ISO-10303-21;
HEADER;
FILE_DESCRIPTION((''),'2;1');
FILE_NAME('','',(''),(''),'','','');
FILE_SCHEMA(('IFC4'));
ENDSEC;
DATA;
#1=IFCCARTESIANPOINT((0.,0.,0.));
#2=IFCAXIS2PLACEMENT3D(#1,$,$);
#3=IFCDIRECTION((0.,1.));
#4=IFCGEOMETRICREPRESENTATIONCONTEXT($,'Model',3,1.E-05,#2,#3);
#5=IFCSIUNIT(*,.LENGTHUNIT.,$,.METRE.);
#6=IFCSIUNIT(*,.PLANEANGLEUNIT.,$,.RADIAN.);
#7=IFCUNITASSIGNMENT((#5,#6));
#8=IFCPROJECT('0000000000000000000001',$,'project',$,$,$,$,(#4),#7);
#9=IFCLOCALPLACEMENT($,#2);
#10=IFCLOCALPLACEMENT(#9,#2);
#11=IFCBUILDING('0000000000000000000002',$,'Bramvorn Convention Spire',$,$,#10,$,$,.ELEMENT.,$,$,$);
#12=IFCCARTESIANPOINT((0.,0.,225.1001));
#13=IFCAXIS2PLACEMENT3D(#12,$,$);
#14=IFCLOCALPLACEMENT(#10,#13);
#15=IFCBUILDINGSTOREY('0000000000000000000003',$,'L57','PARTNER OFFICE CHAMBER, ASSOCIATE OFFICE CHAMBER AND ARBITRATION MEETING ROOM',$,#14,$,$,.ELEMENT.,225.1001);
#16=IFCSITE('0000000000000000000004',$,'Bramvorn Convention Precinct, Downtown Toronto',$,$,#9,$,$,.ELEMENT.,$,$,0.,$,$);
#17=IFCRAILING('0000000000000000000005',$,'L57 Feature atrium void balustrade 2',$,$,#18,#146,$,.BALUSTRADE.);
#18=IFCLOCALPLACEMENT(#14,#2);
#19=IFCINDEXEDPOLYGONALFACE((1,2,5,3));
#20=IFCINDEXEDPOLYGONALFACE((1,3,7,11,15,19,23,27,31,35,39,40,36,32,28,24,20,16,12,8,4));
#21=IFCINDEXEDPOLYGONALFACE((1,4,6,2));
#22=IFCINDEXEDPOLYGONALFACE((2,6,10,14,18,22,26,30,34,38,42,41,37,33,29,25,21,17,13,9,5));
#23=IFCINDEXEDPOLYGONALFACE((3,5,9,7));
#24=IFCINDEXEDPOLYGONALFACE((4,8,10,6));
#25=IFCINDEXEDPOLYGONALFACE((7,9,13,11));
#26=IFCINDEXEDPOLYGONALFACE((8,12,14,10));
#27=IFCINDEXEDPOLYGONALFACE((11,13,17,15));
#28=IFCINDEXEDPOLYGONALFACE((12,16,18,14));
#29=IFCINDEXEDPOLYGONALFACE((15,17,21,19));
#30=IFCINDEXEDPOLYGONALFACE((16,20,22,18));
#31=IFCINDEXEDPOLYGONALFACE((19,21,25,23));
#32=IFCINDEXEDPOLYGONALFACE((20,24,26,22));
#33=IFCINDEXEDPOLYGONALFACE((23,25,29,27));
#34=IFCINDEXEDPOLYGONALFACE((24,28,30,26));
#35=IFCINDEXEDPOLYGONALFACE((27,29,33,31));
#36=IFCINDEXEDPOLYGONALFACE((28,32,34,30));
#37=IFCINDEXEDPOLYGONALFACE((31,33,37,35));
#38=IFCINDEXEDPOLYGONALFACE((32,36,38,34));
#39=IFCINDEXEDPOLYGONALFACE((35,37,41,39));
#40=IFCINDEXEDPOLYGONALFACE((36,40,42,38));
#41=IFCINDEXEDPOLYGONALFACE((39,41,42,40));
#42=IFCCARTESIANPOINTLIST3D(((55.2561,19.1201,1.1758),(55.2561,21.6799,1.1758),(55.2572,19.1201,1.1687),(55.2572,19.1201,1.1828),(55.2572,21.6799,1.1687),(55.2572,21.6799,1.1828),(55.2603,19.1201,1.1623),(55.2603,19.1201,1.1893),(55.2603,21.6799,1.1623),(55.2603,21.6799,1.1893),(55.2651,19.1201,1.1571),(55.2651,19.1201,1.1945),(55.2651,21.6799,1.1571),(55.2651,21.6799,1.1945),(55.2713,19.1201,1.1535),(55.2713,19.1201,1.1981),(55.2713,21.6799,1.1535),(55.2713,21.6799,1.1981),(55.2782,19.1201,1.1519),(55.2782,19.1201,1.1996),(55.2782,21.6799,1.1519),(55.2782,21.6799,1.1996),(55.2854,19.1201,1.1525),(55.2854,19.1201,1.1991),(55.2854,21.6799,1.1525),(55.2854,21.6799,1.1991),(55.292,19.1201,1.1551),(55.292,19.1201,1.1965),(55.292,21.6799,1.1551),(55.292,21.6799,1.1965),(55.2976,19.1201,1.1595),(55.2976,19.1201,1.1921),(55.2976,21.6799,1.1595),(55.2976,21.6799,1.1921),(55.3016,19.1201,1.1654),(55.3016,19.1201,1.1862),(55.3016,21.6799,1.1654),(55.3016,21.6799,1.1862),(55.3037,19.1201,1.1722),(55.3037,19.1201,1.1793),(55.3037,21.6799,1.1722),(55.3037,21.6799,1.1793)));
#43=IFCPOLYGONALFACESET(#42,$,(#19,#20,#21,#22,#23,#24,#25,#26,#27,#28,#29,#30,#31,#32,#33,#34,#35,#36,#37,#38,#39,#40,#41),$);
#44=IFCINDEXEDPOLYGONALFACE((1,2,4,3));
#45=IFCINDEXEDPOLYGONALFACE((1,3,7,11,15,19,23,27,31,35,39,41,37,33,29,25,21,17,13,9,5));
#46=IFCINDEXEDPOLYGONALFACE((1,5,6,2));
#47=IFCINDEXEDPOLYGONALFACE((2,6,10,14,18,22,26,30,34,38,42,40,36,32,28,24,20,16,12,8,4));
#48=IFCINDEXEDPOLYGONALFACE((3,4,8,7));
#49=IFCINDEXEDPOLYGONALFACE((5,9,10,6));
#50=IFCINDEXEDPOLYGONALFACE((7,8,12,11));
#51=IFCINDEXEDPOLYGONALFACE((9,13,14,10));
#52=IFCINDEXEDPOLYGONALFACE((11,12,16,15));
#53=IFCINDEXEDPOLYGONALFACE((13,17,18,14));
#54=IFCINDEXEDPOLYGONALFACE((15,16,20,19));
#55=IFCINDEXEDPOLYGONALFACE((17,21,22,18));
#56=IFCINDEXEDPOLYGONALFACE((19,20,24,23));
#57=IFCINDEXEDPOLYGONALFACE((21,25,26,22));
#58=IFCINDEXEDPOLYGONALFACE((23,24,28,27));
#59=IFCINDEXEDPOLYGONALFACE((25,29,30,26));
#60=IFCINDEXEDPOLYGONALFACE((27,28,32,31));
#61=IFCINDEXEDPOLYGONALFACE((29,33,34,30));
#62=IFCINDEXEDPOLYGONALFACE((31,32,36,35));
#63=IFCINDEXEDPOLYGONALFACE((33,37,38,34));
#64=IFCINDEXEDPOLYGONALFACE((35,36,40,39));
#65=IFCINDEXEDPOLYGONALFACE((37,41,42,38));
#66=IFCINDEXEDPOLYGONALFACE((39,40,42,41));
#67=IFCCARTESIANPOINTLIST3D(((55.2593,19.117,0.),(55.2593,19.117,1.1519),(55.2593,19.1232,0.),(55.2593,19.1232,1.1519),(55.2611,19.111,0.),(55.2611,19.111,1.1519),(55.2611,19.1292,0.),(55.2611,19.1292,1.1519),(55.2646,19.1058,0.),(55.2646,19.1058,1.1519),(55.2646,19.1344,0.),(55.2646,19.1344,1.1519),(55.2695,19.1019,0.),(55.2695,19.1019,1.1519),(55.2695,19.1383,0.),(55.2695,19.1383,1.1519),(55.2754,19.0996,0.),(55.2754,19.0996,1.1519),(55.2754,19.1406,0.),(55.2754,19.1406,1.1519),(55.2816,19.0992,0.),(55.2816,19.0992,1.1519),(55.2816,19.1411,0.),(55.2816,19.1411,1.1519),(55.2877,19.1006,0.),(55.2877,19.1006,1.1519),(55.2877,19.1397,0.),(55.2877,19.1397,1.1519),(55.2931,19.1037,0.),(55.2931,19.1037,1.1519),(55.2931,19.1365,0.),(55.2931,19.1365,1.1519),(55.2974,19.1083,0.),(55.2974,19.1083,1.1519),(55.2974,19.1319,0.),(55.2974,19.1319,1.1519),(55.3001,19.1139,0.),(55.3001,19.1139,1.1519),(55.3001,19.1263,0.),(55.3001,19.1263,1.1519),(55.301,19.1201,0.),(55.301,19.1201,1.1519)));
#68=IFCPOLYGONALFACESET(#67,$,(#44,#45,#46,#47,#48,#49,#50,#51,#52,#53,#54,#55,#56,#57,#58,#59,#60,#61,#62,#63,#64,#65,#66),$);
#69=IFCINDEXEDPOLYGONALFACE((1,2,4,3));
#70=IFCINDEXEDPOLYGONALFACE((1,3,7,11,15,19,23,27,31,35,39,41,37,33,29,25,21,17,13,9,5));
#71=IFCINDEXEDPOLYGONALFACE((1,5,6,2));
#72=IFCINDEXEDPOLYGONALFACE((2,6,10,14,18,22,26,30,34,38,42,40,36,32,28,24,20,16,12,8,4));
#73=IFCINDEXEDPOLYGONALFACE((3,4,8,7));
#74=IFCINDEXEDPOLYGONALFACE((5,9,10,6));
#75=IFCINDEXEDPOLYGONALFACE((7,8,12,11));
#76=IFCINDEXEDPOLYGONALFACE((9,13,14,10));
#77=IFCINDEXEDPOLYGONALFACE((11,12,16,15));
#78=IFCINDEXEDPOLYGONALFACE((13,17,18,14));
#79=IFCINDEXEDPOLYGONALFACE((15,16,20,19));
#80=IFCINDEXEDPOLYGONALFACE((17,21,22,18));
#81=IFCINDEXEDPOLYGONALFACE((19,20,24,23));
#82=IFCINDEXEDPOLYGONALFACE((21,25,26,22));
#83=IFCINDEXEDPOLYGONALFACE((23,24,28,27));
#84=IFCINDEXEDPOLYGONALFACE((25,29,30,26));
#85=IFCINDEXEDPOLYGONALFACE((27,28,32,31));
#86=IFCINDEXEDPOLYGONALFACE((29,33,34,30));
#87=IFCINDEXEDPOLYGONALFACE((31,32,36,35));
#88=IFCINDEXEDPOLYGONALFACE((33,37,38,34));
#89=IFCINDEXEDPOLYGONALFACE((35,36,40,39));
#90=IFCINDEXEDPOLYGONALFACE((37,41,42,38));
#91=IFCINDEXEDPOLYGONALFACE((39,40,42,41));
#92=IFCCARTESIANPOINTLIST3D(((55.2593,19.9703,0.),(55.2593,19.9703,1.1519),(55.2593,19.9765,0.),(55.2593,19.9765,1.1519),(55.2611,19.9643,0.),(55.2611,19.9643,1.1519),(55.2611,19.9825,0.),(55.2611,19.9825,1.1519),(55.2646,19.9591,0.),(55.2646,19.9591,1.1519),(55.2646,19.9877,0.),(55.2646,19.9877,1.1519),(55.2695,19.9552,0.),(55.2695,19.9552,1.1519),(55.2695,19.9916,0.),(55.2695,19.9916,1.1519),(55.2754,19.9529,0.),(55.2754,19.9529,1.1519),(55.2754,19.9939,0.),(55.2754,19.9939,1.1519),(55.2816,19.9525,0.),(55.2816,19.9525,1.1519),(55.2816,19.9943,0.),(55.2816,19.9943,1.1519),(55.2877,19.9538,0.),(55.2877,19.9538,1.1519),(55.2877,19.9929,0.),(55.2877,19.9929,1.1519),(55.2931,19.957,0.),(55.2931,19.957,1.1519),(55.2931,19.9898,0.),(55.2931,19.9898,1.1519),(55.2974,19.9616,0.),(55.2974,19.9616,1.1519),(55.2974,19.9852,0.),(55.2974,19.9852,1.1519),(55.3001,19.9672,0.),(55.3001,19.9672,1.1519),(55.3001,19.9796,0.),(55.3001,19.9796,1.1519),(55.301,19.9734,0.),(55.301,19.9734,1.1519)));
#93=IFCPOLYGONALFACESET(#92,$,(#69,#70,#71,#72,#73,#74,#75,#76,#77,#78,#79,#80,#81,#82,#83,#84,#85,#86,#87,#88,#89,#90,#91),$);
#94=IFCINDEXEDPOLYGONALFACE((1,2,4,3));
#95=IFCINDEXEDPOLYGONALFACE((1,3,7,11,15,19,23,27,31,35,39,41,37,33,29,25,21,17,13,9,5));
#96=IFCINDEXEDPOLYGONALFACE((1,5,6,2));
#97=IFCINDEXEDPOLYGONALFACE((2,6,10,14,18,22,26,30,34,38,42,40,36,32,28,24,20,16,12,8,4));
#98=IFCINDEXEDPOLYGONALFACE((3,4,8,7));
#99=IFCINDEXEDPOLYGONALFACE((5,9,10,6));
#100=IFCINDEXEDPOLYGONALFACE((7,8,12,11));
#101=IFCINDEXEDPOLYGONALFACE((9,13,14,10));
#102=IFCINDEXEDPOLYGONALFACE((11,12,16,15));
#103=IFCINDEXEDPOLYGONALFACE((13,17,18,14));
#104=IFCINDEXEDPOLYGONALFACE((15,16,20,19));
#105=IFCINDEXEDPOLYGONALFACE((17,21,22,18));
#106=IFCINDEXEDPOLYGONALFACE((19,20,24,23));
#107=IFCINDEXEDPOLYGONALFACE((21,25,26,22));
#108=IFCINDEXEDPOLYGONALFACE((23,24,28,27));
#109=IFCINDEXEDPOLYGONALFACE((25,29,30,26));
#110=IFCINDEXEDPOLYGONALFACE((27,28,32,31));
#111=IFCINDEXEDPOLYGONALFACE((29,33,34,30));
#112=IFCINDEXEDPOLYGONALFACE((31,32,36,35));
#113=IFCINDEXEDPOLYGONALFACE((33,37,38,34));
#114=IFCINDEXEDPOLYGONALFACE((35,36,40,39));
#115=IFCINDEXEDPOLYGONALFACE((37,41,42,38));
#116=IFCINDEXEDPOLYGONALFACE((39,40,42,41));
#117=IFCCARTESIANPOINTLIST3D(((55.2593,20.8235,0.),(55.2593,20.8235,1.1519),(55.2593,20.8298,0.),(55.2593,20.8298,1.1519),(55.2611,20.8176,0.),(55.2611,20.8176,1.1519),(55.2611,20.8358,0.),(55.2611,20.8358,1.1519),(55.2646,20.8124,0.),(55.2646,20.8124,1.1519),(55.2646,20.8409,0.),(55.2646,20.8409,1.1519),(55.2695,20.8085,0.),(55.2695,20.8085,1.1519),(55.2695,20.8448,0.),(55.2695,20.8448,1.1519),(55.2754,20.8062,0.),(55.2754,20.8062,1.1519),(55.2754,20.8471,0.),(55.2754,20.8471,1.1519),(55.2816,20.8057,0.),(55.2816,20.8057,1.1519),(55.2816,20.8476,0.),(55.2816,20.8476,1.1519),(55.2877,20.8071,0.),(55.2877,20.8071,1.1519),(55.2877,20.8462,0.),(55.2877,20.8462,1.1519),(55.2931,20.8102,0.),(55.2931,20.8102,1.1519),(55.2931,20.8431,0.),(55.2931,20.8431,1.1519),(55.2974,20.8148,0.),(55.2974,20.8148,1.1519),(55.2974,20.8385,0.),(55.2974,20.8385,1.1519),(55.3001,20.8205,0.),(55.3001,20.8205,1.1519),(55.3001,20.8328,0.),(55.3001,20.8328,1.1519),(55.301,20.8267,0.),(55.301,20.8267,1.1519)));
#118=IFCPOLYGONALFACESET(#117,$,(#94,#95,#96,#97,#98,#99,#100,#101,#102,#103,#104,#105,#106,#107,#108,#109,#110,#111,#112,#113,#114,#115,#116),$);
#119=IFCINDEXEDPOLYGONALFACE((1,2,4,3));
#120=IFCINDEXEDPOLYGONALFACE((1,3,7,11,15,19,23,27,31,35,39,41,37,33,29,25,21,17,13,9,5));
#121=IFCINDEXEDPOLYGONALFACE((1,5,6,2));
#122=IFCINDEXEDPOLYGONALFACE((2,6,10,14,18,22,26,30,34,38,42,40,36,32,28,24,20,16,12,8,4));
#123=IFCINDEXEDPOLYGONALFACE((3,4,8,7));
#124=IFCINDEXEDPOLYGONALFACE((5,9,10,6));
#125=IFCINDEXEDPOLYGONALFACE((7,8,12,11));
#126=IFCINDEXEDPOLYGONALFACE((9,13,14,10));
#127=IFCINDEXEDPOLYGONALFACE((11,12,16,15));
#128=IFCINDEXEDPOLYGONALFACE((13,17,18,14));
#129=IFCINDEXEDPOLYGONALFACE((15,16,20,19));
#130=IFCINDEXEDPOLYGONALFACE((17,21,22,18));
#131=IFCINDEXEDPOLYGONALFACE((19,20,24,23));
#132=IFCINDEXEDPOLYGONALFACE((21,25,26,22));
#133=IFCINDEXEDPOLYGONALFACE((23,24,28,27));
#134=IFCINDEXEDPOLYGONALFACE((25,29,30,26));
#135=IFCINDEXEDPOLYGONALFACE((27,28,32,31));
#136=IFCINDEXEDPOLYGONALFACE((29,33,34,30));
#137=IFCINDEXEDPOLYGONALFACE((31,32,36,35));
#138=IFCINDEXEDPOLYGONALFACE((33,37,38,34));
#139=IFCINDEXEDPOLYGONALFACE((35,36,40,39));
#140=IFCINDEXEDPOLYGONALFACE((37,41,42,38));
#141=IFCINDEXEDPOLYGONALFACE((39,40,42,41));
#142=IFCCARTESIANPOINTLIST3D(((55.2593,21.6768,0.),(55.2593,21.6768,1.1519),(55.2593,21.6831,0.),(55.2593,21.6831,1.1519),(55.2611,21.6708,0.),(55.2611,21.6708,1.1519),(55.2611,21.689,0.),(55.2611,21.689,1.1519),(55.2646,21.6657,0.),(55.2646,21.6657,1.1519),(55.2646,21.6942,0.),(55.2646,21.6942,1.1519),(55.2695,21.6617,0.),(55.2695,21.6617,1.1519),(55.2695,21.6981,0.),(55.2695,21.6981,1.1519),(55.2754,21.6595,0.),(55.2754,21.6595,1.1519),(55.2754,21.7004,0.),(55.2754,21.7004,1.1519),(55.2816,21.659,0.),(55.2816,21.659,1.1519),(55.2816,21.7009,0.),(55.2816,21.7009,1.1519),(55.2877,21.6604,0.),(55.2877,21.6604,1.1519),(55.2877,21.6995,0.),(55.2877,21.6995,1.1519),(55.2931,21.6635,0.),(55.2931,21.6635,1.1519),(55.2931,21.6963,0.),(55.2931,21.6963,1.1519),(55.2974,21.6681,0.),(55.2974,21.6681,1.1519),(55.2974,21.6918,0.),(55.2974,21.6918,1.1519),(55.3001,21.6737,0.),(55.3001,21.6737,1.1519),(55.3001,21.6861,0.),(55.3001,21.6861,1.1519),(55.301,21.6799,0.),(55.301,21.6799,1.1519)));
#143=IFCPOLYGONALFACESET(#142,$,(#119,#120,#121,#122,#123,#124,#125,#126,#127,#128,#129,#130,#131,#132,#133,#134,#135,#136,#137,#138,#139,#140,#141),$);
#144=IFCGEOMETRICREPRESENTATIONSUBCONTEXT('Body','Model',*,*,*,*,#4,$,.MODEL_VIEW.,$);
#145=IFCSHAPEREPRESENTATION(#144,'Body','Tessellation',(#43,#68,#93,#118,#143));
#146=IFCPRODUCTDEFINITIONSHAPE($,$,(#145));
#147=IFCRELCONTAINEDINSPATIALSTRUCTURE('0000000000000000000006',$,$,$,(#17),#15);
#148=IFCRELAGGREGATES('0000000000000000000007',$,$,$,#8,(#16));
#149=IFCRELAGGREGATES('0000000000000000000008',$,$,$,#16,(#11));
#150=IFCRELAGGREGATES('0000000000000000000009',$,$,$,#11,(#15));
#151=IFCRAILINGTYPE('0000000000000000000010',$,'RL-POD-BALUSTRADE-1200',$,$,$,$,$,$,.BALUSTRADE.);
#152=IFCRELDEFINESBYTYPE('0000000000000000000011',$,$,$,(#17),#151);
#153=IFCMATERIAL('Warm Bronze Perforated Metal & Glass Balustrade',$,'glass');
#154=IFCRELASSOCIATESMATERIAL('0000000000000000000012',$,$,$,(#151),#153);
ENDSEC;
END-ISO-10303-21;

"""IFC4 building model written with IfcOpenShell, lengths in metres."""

from ifc_helpers import new_model, si_unit, direction, frame, origin, origin_2d, place, context, subcontext, project, spatial, circle, extrude, material, type_object, element, save


model = new_model("IFC4")

# Units and contexts
model_context = context("Model", 3, precision=1e-05, world=origin(), true_north=direction((0.0, 1.0)))
body_context = subcontext(model_context, "Body", "Model", "MODEL_VIEW")
ifc_project = project(units=[si_unit("LENGTHUNIT", "METRE"), si_unit("PLANEANGLEUNIT", "RADIAN")], contexts=[model_context])

# Site, building, storey
site_placement = place(None, origin())
site = spatial("IfcSite", under=ifc_project, at=site_placement, Name="Bramvorn Convention Precinct, Downtown Toronto", CompositionType="ELEMENT", RefElevation=0.0)
building_placement = place(site_placement, origin())
building = spatial("IfcBuilding", under=site, at=building_placement, Name="Bramvorn Convention Spire", CompositionType="ELEMENT")
storey_placement = place(building_placement, frame((0.0, 0.0, 225.1001)))
storey = spatial("IfcBuildingStorey", under=building, at=storey_placement, Name="L57", Description="PARTNER OFFICE CHAMBER, ASSOCIATE OFFICE CHAMBER AND ARBITRATION MEETING ROOM", CompositionType="ELEMENT", Elevation=225.1001)

# Railing
ifc_material_1 = material(Name="Warm Bronze Perforated Metal & Glass Balustrade", Category="glass")
railing_type = type_object("IfcRailingType", Name="RL-POD-BALUSTRADE-1200", PredefinedType="BALUSTRADE", material=ifc_material_1)
railing_1_placement = place(storey_placement, frame((55.28, 19.1201, 0.0)))
element("IfcRailing", 1, at=railing_1_placement, inside=storey, type_object=railing_type, Name="L57 Feature atrium void balustrade 2", PredefinedType="BALUSTRADE", context=body_context, shape_type="SweptSolid", body=[
    extrude(circle(Radius=0.0239, at=origin_2d()), frame((0.0, 0.0, 1.1758), z_axis=(0.0, 1.0, 0.0), x_axis=(-1.0, 0.0, 0.0)), (0.0, 0.0, 1.0), 2.5598),
    extrude(circle(Radius=0.021, at=origin_2d()), origin(), (0.0, 0.0, 1.0), 1.1519),
    extrude(circle(Radius=0.021, at=origin_2d()), frame((0.0, 0.8533, 0.0)), (0.0, 0.0, 1.0), 1.1519),
    extrude(circle(Radius=0.021, at=origin_2d()), frame((0.0, 1.7065, 0.0)), (0.0, 0.0, 1.0), 1.1519),
    extrude(circle(Radius=0.021, at=origin_2d()), frame((0.0, 2.5598, 0.0)), (0.0, 0.0, 1.0), 1.1519),
])

save(model, "model.ifc")
